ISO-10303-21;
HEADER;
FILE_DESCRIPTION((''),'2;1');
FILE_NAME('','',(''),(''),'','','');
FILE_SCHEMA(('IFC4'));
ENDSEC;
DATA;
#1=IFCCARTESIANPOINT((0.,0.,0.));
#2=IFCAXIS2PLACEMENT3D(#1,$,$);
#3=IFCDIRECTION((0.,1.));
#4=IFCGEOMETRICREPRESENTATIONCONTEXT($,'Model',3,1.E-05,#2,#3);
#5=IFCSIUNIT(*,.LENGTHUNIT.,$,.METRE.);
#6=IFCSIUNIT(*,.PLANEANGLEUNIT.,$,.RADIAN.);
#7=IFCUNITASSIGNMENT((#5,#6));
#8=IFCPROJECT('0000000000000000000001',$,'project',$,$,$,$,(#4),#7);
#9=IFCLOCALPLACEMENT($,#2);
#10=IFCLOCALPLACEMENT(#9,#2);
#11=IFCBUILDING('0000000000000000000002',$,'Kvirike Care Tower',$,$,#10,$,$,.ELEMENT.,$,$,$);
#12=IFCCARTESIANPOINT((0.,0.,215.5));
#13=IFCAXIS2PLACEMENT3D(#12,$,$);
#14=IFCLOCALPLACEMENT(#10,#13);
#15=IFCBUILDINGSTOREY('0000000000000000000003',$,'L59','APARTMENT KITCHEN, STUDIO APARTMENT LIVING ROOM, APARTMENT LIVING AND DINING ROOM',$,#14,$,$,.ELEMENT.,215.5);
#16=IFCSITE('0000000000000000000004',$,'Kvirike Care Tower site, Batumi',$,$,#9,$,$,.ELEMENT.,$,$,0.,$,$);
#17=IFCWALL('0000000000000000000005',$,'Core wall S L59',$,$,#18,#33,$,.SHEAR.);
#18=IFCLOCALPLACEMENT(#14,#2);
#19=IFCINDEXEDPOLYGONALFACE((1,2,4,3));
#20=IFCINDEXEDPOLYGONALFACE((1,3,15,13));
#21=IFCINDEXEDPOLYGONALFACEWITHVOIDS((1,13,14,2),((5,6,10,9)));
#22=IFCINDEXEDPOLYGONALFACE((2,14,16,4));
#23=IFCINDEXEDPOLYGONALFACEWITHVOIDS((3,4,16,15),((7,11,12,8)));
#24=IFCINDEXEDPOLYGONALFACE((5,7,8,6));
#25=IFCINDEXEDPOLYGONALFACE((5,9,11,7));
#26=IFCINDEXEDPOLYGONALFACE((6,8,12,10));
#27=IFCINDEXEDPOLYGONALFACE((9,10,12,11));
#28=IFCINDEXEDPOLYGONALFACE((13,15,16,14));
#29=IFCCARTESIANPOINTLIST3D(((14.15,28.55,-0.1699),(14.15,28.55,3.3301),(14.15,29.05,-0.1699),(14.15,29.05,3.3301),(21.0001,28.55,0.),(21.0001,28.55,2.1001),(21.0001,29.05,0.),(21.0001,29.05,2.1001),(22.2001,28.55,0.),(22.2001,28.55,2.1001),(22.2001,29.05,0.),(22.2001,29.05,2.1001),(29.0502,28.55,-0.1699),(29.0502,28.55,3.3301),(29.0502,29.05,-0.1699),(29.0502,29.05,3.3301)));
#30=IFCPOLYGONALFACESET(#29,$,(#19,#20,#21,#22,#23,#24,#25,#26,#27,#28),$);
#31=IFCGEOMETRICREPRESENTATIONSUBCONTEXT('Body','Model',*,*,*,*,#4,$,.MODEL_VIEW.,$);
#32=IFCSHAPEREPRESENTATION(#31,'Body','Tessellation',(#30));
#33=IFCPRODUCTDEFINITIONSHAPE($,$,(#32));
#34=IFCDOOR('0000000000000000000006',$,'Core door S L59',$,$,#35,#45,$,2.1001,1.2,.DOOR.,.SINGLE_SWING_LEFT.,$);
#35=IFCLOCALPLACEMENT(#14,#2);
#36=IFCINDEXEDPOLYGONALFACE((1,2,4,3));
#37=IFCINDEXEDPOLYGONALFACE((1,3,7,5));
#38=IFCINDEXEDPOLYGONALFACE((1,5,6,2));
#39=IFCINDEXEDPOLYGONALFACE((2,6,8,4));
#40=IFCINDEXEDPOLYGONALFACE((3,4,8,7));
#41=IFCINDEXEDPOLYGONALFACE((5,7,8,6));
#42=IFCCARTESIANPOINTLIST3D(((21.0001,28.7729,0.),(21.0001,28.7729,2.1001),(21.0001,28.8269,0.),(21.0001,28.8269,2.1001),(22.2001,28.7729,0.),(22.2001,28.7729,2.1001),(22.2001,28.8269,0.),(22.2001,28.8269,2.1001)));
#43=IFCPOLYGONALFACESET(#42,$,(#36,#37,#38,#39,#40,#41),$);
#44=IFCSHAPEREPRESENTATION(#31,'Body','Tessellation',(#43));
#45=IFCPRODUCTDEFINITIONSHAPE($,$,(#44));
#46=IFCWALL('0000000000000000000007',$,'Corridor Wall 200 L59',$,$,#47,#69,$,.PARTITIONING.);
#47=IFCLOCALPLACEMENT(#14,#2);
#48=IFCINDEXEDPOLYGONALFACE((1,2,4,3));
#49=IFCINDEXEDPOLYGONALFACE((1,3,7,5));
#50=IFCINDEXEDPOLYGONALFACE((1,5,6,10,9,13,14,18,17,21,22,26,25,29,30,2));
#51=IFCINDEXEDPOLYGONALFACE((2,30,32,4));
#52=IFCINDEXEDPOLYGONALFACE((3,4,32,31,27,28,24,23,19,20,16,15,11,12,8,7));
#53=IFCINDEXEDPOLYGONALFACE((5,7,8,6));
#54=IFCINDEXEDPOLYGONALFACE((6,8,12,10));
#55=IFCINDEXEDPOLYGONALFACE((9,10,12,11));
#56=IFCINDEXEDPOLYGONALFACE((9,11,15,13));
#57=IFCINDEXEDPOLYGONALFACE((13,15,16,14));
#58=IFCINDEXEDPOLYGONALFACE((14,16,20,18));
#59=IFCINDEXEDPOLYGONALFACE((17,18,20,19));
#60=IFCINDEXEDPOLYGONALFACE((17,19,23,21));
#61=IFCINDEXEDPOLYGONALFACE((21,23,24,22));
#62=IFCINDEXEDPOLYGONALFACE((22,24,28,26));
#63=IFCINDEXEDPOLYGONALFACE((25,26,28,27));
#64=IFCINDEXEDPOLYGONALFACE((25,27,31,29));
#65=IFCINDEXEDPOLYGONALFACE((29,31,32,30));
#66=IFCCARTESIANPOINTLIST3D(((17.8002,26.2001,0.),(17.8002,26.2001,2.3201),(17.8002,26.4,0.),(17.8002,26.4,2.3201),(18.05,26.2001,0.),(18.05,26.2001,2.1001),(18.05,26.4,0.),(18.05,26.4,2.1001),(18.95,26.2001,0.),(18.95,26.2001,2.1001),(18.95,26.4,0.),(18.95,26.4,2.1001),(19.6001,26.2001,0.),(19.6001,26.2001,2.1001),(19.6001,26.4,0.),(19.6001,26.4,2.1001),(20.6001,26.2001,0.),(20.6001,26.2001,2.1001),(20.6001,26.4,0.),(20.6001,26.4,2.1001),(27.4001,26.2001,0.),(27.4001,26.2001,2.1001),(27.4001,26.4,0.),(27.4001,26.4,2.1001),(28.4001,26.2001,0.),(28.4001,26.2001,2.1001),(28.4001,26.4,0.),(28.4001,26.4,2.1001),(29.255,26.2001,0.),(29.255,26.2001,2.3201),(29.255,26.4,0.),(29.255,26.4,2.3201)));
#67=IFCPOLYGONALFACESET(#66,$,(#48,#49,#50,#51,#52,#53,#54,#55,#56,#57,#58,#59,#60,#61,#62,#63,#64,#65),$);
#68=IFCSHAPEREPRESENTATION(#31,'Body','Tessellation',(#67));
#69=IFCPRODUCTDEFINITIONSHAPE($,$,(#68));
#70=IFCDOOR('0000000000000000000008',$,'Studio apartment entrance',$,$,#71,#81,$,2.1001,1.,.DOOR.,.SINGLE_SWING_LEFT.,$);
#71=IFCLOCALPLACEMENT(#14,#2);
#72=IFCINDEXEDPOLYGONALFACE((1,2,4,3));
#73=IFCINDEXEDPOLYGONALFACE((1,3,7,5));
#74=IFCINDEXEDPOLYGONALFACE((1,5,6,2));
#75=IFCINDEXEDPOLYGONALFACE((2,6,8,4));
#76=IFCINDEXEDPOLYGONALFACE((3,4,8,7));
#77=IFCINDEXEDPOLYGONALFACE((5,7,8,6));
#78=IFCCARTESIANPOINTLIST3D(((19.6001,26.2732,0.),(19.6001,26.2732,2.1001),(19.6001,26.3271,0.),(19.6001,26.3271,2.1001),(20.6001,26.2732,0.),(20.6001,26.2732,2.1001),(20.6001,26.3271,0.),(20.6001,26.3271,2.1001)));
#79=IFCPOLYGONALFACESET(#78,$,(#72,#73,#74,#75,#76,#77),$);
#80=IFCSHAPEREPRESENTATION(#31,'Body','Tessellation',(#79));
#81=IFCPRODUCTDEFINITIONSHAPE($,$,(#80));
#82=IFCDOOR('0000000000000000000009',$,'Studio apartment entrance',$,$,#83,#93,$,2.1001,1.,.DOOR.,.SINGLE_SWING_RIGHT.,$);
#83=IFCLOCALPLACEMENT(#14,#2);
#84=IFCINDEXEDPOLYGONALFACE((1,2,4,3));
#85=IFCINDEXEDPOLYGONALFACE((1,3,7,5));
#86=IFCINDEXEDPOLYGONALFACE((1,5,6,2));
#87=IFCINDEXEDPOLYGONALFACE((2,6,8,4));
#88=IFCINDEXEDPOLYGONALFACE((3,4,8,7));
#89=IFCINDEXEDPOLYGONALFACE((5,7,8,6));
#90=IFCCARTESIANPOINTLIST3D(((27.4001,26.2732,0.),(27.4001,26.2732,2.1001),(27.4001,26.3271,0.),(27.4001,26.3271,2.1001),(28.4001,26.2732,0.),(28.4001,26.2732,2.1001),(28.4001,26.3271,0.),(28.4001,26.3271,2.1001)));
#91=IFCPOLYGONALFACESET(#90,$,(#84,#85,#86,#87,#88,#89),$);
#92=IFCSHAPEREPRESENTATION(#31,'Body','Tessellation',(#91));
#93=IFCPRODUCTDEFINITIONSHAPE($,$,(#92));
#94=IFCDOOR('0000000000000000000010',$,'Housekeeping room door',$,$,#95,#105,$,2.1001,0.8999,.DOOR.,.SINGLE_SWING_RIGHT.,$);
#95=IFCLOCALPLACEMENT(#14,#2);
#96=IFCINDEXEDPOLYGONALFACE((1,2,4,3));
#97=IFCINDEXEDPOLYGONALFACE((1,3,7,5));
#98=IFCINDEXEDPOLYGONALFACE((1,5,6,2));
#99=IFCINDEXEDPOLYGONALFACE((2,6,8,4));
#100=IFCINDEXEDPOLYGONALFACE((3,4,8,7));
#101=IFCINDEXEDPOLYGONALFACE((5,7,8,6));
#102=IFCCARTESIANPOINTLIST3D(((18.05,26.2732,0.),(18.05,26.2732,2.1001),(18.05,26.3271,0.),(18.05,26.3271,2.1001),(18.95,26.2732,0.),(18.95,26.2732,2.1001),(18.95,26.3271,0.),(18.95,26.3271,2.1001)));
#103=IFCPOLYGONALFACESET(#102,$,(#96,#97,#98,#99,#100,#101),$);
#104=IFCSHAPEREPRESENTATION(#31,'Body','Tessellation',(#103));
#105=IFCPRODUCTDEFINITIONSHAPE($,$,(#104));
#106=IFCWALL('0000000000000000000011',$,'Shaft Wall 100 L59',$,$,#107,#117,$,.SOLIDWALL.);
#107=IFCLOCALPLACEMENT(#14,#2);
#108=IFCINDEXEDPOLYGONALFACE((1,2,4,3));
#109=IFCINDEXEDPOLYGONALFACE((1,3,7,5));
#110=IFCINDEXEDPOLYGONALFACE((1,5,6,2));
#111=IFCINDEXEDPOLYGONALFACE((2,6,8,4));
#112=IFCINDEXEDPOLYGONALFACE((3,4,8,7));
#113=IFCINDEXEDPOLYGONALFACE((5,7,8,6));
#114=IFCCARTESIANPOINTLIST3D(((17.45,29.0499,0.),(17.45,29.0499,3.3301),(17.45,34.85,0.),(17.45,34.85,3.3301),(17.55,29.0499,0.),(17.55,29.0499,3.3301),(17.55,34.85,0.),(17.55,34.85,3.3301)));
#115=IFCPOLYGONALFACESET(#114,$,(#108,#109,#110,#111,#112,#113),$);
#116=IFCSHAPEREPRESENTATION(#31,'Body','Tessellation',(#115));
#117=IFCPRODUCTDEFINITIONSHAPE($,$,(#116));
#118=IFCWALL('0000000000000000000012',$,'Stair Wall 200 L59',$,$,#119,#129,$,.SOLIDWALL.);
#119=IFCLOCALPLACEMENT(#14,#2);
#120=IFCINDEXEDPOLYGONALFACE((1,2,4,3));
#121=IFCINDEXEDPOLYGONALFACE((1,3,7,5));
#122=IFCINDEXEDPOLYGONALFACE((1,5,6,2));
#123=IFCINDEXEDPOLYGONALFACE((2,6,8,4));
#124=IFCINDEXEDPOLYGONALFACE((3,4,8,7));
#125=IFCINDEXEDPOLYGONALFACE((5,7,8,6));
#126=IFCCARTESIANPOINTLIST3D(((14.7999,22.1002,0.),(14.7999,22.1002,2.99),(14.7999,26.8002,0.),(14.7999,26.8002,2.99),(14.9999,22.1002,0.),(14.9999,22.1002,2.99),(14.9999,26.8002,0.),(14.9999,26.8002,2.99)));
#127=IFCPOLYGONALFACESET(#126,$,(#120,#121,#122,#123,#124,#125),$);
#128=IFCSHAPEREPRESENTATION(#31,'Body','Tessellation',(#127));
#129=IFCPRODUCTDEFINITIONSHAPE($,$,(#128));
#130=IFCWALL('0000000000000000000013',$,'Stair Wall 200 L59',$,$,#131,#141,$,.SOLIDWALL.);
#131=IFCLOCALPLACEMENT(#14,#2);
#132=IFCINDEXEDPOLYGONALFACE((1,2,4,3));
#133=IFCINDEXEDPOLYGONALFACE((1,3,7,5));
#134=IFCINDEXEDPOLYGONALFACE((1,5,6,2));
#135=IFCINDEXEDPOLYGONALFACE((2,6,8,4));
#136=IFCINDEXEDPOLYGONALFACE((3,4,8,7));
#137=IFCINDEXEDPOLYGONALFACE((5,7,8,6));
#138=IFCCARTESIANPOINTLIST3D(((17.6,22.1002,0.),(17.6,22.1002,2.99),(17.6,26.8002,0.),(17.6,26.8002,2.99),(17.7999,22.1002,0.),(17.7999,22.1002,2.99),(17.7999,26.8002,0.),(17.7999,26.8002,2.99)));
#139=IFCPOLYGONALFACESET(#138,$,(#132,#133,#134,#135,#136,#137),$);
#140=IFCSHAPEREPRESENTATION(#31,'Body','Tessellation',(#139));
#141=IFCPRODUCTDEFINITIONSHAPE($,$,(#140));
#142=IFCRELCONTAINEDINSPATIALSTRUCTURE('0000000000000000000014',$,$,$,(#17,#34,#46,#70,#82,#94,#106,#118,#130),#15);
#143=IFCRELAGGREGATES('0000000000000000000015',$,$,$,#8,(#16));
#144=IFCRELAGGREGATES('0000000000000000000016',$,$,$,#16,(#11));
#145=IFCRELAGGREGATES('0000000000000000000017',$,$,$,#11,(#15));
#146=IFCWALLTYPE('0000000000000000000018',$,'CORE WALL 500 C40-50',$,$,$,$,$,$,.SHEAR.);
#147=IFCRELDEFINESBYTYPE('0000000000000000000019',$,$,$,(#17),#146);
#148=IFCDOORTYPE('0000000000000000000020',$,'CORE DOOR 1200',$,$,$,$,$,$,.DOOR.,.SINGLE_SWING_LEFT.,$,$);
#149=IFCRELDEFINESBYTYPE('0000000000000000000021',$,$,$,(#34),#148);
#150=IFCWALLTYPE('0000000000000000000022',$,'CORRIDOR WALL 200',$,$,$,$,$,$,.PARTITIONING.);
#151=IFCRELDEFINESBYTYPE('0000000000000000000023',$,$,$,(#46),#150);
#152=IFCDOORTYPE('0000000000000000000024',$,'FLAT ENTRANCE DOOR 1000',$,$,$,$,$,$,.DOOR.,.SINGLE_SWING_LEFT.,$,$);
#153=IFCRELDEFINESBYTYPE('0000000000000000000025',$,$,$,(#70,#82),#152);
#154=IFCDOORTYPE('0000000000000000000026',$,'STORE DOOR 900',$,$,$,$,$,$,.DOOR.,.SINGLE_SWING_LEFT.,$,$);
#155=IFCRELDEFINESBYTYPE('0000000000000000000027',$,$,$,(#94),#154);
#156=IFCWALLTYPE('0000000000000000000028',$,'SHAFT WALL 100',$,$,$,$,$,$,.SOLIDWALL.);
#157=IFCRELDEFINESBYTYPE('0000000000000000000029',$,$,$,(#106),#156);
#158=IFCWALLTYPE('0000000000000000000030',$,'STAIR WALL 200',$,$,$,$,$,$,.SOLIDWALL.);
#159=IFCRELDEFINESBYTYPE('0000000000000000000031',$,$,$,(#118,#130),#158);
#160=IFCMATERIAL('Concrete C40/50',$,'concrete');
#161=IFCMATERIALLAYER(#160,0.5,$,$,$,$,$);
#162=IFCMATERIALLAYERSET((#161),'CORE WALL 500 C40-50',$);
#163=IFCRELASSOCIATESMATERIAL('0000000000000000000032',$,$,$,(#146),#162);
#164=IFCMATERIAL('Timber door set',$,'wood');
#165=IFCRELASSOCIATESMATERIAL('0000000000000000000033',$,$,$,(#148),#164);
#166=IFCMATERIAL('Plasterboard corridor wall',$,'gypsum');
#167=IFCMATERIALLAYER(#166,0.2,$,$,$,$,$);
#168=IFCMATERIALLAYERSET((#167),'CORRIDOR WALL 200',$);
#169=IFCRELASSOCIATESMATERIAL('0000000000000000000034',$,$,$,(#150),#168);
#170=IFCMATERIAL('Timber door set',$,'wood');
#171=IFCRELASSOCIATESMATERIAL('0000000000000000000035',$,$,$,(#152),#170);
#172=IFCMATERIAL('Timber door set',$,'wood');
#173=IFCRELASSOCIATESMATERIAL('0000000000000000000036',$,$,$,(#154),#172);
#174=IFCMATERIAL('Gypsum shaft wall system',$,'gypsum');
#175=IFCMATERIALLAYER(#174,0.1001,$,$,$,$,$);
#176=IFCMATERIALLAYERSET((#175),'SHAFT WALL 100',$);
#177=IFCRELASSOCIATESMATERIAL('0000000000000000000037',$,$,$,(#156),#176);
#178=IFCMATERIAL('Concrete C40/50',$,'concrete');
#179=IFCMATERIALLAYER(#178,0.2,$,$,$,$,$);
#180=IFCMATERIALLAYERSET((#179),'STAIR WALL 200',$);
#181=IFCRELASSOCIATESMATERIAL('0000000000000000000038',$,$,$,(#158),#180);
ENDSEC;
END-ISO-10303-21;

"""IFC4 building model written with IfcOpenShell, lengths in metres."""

from ifc_helpers import new_model, si_unit, direction, frame, frame_2d, origin, place, context, subcontext, project, spatial, rectangle, extrude, material, layer, layer_set, type_object, element, fill, save


model = new_model("IFC4")

# Units and contexts
model_context = context("Model", 3, precision=1e-05, world=origin(), true_north=direction((0.0, 1.0)))
body_context = subcontext(model_context, "Body", "Model", "MODEL_VIEW")
ifc_project = project(units=[si_unit("LENGTHUNIT", "METRE"), si_unit("PLANEANGLEUNIT", "RADIAN")], contexts=[model_context])

# Site, building, storey
site_placement = place(None, origin())
site = spatial("IfcSite", under=ifc_project, at=site_placement, Name="Kvirike Care Tower site, Batumi", CompositionType="ELEMENT", RefElevation=0.0)
building_placement = place(site_placement, origin())
building = spatial("IfcBuilding", under=site, at=building_placement, Name="Kvirike Care Tower", CompositionType="ELEMENT")
storey_placement = place(building_placement, frame((0.0, 0.0, 215.5)))
storey = spatial("IfcBuildingStorey", under=building, at=storey_placement, Name="L59", Description="APARTMENT KITCHEN, STUDIO APARTMENT LIVING ROOM, APARTMENT LIVING AND DINING ROOM", CompositionType="ELEMENT", Elevation=215.5)

# Wall, opening, door
ifc_material_1 = material(Name="Concrete C40/50", Category="concrete")
ifc_layer_1 = layer(ifc_material_1, 0.5)
ifc_layer_set_1 = layer_set([ifc_layer_1], Name="CORE WALL 500 C40-50")
wall_type_1 = type_object("IfcWallType", Name="CORE WALL 500 C40-50", PredefinedType="SHEAR", material=ifc_layer_set_1)
wall_1_placement = place(storey_placement, frame((14.1499, 28.8, -0.1699), z_axis=(0.0, 0.0, 1.0), x_axis=(1.0, 0.0, 0.0)))
wall_1 = element("IfcWall", 1, at=wall_1_placement, inside=storey, type_object=wall_type_1, Name="Core wall S L59", PredefinedType="SHEAR", context=body_context, shape_type="SweptSolid", body=[
    extrude(rectangle(XDim=14.9001, YDim=0.5, at=frame_2d((7.4502, 0.0))), origin(), (0.0, 0.0, 1.0), 3.5),
])
opening_1_placement = place(wall_1_placement, frame((6.8501, 0.0, 0.1699)))
opening_1 = element("IfcOpeningElement", 2, at=opening_1_placement, cuts=wall_1, PredefinedType="OPENING", context=body_context, shape_type="SweptSolid", body=[
    extrude(rectangle(XDim=1.2, YDim=2.1001, at=frame_2d((0.6001, 1.05))), frame((0.0, 0.2605, 0.0), z_axis=(0.0, -1.0, 0.0), x_axis=(1.0, 0.0, 0.0)), (0.0, 0.0, 1.0), 0.521),
])
ifc_material_2 = material(Name="Timber door set", Category="wood")
door_type_1 = type_object("IfcDoorType", Name="CORE DOOR 1200", OperationType="SINGLE_SWING_LEFT", PredefinedType="DOOR", material=ifc_material_2)
door_1_placement = place(opening_1_placement, origin())
door_1 = element("IfcDoor", 3, at=door_1_placement, inside=storey, type_object=door_type_1, Name="Core door S L59", OperationType="SINGLE_SWING_LEFT", OverallHeight=2.1001, OverallWidth=1.2, PredefinedType="DOOR", context=body_context, shape_type="SweptSolid", body=[
    extrude(rectangle(XDim=1.2, YDim=2.1001, at=frame_2d((0.6001, 1.05))), frame((0.0, 0.0269, 0.0), z_axis=(0.0, -1.0, 0.0), x_axis=(1.0, 0.0, 0.0)), (0.0, 0.0, 1.0), 0.054),
])
fill(opening_1, door_1)

# Wall, openings, doors
ifc_material_3 = material(Name="Plasterboard corridor wall", Category="gypsum")
ifc_layer_2 = layer(ifc_material_3, 0.2)
ifc_layer_set_2 = layer_set([ifc_layer_2], Name="CORRIDOR WALL 200")
wall_type_2 = type_object("IfcWallType", Name="CORRIDOR WALL 200", PredefinedType="PARTITIONING", material=ifc_layer_set_2)
wall_2_placement = place(storey_placement, frame((17.8, 26.3, 0.0), z_axis=(0.0, 0.0, 1.0), x_axis=(1.0, 0.0, 0.0)))
wall_2 = element("IfcWall", 4, at=wall_2_placement, inside=storey, type_object=wall_type_2, Name="Corridor Wall 200 L59", PredefinedType="PARTITIONING", context=body_context, shape_type="SweptSolid", body=[
    extrude(rectangle(XDim=11.4548, YDim=0.2, at=frame_2d((5.7275, 0.0))), origin(), (0.0, 0.0, 1.0), 2.3201),
])
opening_2_placement = place(wall_2_placement, frame((0.25, 0.0, 0.0)))
opening_2 = element("IfcOpeningElement", 5, at=opening_2_placement, cuts=wall_2, PredefinedType="OPENING", context=body_context, shape_type="SweptSolid", body=[
    extrude(rectangle(XDim=0.8999, YDim=2.1001, at=frame_2d((0.45, 1.05))), frame((0.0, 0.1106, 0.0), z_axis=(0.0, -1.0, 0.0), x_axis=(1.0, 0.0, 0.0)), (0.0, 0.0, 1.0), 0.2209),
])
opening_3_placement = place(wall_2_placement, frame((1.8, 0.0, 0.0)))
opening_3 = element("IfcOpeningElement", 6, at=opening_3_placement, cuts=wall_2, PredefinedType="OPENING", context=body_context, shape_type="SweptSolid", body=[
    extrude(rectangle(XDim=1.0, YDim=2.1001, at=frame_2d((0.5, 1.05))), frame((0.0, 0.1106, 0.0), z_axis=(0.0, -1.0, 0.0), x_axis=(1.0, 0.0, 0.0)), (0.0, 0.0, 1.0), 0.2209),
])
opening_4_placement = place(wall_2_placement, frame((9.6001, 0.0, 0.0)))
opening_4 = element("IfcOpeningElement", 7, at=opening_4_placement, cuts=wall_2, PredefinedType="OPENING", context=body_context, shape_type="SweptSolid", body=[
    extrude(rectangle(XDim=1.0, YDim=2.1001, at=frame_2d((0.5, 1.05))), frame((0.0, 0.1106, 0.0), z_axis=(0.0, -1.0, 0.0), x_axis=(1.0, 0.0, 0.0)), (0.0, 0.0, 1.0), 0.2209),
])
ifc_material_4 = material(Name="Timber door set", Category="wood")
door_type_2 = type_object("IfcDoorType", Name="FLAT ENTRANCE DOOR 1000", OperationType="SINGLE_SWING_LEFT", PredefinedType="DOOR", material=ifc_material_4)
door_2_placement = place(opening_3_placement, frame((1.0, 0.0, 0.0), z_axis=(0.0, 0.0, 1.0), x_axis=(-1.0, 0.0, 0.0)))
door_2 = element("IfcDoor", 8, at=door_2_placement, inside=storey, type_object=door_type_2, Name="Studio apartment entrance", OperationType="SINGLE_SWING_LEFT", OverallHeight=2.1001, OverallWidth=1.0, PredefinedType="DOOR", context=body_context, shape_type="SweptSolid", body=[
    extrude(rectangle(XDim=1.0, YDim=2.1001, at=frame_2d((0.5, 1.05))), frame((0.0, 0.0269, 0.0), z_axis=(0.0, -1.0, 0.0), x_axis=(1.0, 0.0, 0.0)), (0.0, 0.0, 1.0), 0.054),
])
fill(opening_3, door_2)
door_3_placement = place(opening_4_placement, frame((1.0, 0.0, 0.0), z_axis=(0.0, 0.0, 1.0), x_axis=(-1.0, 0.0, 0.0)))
door_3 = element("IfcDoor", 9, at=door_3_placement, inside=storey, type_object=door_type_2, Name="Studio apartment entrance", OperationType="SINGLE_SWING_RIGHT", OverallHeight=2.1001, OverallWidth=1.0, PredefinedType="DOOR", context=body_context, shape_type="SweptSolid", body=[
    extrude(rectangle(XDim=1.0, YDim=2.1001, at=frame_2d((0.5, 1.05))), frame((0.0, 0.0269, 0.0), z_axis=(0.0, -1.0, 0.0), x_axis=(1.0, 0.0, 0.0)), (0.0, 0.0, 1.0), 0.054),
])
fill(opening_4, door_3)
ifc_material_5 = material(Name="Timber door set", Category="wood")
door_type_3 = type_object("IfcDoorType", Name="STORE DOOR 900", OperationType="SINGLE_SWING_LEFT", PredefinedType="DOOR", material=ifc_material_5)
door_4_placement = place(opening_2_placement, frame((0.8999, 0.0, 0.0), z_axis=(0.0, 0.0, 1.0), x_axis=(-1.0, 0.0, 0.0)))
door_4 = element("IfcDoor", 10, at=door_4_placement, inside=storey, type_object=door_type_3, Name="Housekeeping room door", OperationType="SINGLE_SWING_RIGHT", OverallHeight=2.1001, OverallWidth=0.8999, PredefinedType="DOOR", context=body_context, shape_type="SweptSolid", body=[
    extrude(rectangle(XDim=0.8999, YDim=2.1001, at=frame_2d((0.45, 1.05))), frame((0.0, 0.0269, 0.0), z_axis=(0.0, -1.0, 0.0), x_axis=(1.0, 0.0, 0.0)), (0.0, 0.0, 1.0), 0.054),
])
fill(opening_2, door_4)

# Walls
ifc_material_6 = material(Name="Gypsum shaft wall system", Category="gypsum")
ifc_layer_3 = layer(ifc_material_6, 0.1001)
ifc_layer_set_3 = layer_set([ifc_layer_3], Name="SHAFT WALL 100")
wall_type_3 = type_object("IfcWallType", Name="SHAFT WALL 100", PredefinedType="SOLIDWALL", material=ifc_layer_set_3)
wall_3_placement = place(storey_placement, frame((17.5, 29.05, 0.0), z_axis=(0.0, 0.0, 1.0), x_axis=(0.0, 1.0, 0.0)))
element("IfcWall", 11, at=wall_3_placement, inside=storey, type_object=wall_type_3, Name="Shaft Wall 100 L59", PredefinedType="SOLIDWALL", context=body_context, shape_type="SweptSolid", body=[
    extrude(rectangle(XDim=5.8, YDim=0.1001, at=frame_2d((2.8999, 0.0))), origin(), (0.0, 0.0, 1.0), 3.3301),
])
ifc_material_7 = material(Name="Concrete C40/50", Category="concrete")
ifc_layer_4 = layer(ifc_material_7, 0.2)
ifc_layer_set_4 = layer_set([ifc_layer_4], Name="STAIR WALL 200")
wall_type_4 = type_object("IfcWallType", Name="STAIR WALL 200", PredefinedType="SOLIDWALL", material=ifc_layer_set_4)
for number, where, z_axis, x_axis, name in (
    (12, (14.8999, 22.1001, 0.0), (0.0, 0.0, 1.0), (0.0, 1.0, 0.0), "Stair Wall 200 L59"),
    (13, (17.7, 22.1001, 0.0), (0.0, 0.0, 1.0), (0.0, 1.0, 0.0), "Stair Wall 200 L59"),
):
    element("IfcWall", number, at=place(storey_placement, frame(where, z_axis=z_axis, x_axis=x_axis)), inside=storey, type_object=wall_type_4, Name=name, PredefinedType="SOLIDWALL", context=body_context, shape_type="SweptSolid", body=[
        extrude(rectangle(XDim=4.7, YDim=0.2, at=frame_2d((2.3501, 0.0))), origin(), (0.0, 0.0, 1.0), 2.99),
    ])

save(model, "model.ifc")
